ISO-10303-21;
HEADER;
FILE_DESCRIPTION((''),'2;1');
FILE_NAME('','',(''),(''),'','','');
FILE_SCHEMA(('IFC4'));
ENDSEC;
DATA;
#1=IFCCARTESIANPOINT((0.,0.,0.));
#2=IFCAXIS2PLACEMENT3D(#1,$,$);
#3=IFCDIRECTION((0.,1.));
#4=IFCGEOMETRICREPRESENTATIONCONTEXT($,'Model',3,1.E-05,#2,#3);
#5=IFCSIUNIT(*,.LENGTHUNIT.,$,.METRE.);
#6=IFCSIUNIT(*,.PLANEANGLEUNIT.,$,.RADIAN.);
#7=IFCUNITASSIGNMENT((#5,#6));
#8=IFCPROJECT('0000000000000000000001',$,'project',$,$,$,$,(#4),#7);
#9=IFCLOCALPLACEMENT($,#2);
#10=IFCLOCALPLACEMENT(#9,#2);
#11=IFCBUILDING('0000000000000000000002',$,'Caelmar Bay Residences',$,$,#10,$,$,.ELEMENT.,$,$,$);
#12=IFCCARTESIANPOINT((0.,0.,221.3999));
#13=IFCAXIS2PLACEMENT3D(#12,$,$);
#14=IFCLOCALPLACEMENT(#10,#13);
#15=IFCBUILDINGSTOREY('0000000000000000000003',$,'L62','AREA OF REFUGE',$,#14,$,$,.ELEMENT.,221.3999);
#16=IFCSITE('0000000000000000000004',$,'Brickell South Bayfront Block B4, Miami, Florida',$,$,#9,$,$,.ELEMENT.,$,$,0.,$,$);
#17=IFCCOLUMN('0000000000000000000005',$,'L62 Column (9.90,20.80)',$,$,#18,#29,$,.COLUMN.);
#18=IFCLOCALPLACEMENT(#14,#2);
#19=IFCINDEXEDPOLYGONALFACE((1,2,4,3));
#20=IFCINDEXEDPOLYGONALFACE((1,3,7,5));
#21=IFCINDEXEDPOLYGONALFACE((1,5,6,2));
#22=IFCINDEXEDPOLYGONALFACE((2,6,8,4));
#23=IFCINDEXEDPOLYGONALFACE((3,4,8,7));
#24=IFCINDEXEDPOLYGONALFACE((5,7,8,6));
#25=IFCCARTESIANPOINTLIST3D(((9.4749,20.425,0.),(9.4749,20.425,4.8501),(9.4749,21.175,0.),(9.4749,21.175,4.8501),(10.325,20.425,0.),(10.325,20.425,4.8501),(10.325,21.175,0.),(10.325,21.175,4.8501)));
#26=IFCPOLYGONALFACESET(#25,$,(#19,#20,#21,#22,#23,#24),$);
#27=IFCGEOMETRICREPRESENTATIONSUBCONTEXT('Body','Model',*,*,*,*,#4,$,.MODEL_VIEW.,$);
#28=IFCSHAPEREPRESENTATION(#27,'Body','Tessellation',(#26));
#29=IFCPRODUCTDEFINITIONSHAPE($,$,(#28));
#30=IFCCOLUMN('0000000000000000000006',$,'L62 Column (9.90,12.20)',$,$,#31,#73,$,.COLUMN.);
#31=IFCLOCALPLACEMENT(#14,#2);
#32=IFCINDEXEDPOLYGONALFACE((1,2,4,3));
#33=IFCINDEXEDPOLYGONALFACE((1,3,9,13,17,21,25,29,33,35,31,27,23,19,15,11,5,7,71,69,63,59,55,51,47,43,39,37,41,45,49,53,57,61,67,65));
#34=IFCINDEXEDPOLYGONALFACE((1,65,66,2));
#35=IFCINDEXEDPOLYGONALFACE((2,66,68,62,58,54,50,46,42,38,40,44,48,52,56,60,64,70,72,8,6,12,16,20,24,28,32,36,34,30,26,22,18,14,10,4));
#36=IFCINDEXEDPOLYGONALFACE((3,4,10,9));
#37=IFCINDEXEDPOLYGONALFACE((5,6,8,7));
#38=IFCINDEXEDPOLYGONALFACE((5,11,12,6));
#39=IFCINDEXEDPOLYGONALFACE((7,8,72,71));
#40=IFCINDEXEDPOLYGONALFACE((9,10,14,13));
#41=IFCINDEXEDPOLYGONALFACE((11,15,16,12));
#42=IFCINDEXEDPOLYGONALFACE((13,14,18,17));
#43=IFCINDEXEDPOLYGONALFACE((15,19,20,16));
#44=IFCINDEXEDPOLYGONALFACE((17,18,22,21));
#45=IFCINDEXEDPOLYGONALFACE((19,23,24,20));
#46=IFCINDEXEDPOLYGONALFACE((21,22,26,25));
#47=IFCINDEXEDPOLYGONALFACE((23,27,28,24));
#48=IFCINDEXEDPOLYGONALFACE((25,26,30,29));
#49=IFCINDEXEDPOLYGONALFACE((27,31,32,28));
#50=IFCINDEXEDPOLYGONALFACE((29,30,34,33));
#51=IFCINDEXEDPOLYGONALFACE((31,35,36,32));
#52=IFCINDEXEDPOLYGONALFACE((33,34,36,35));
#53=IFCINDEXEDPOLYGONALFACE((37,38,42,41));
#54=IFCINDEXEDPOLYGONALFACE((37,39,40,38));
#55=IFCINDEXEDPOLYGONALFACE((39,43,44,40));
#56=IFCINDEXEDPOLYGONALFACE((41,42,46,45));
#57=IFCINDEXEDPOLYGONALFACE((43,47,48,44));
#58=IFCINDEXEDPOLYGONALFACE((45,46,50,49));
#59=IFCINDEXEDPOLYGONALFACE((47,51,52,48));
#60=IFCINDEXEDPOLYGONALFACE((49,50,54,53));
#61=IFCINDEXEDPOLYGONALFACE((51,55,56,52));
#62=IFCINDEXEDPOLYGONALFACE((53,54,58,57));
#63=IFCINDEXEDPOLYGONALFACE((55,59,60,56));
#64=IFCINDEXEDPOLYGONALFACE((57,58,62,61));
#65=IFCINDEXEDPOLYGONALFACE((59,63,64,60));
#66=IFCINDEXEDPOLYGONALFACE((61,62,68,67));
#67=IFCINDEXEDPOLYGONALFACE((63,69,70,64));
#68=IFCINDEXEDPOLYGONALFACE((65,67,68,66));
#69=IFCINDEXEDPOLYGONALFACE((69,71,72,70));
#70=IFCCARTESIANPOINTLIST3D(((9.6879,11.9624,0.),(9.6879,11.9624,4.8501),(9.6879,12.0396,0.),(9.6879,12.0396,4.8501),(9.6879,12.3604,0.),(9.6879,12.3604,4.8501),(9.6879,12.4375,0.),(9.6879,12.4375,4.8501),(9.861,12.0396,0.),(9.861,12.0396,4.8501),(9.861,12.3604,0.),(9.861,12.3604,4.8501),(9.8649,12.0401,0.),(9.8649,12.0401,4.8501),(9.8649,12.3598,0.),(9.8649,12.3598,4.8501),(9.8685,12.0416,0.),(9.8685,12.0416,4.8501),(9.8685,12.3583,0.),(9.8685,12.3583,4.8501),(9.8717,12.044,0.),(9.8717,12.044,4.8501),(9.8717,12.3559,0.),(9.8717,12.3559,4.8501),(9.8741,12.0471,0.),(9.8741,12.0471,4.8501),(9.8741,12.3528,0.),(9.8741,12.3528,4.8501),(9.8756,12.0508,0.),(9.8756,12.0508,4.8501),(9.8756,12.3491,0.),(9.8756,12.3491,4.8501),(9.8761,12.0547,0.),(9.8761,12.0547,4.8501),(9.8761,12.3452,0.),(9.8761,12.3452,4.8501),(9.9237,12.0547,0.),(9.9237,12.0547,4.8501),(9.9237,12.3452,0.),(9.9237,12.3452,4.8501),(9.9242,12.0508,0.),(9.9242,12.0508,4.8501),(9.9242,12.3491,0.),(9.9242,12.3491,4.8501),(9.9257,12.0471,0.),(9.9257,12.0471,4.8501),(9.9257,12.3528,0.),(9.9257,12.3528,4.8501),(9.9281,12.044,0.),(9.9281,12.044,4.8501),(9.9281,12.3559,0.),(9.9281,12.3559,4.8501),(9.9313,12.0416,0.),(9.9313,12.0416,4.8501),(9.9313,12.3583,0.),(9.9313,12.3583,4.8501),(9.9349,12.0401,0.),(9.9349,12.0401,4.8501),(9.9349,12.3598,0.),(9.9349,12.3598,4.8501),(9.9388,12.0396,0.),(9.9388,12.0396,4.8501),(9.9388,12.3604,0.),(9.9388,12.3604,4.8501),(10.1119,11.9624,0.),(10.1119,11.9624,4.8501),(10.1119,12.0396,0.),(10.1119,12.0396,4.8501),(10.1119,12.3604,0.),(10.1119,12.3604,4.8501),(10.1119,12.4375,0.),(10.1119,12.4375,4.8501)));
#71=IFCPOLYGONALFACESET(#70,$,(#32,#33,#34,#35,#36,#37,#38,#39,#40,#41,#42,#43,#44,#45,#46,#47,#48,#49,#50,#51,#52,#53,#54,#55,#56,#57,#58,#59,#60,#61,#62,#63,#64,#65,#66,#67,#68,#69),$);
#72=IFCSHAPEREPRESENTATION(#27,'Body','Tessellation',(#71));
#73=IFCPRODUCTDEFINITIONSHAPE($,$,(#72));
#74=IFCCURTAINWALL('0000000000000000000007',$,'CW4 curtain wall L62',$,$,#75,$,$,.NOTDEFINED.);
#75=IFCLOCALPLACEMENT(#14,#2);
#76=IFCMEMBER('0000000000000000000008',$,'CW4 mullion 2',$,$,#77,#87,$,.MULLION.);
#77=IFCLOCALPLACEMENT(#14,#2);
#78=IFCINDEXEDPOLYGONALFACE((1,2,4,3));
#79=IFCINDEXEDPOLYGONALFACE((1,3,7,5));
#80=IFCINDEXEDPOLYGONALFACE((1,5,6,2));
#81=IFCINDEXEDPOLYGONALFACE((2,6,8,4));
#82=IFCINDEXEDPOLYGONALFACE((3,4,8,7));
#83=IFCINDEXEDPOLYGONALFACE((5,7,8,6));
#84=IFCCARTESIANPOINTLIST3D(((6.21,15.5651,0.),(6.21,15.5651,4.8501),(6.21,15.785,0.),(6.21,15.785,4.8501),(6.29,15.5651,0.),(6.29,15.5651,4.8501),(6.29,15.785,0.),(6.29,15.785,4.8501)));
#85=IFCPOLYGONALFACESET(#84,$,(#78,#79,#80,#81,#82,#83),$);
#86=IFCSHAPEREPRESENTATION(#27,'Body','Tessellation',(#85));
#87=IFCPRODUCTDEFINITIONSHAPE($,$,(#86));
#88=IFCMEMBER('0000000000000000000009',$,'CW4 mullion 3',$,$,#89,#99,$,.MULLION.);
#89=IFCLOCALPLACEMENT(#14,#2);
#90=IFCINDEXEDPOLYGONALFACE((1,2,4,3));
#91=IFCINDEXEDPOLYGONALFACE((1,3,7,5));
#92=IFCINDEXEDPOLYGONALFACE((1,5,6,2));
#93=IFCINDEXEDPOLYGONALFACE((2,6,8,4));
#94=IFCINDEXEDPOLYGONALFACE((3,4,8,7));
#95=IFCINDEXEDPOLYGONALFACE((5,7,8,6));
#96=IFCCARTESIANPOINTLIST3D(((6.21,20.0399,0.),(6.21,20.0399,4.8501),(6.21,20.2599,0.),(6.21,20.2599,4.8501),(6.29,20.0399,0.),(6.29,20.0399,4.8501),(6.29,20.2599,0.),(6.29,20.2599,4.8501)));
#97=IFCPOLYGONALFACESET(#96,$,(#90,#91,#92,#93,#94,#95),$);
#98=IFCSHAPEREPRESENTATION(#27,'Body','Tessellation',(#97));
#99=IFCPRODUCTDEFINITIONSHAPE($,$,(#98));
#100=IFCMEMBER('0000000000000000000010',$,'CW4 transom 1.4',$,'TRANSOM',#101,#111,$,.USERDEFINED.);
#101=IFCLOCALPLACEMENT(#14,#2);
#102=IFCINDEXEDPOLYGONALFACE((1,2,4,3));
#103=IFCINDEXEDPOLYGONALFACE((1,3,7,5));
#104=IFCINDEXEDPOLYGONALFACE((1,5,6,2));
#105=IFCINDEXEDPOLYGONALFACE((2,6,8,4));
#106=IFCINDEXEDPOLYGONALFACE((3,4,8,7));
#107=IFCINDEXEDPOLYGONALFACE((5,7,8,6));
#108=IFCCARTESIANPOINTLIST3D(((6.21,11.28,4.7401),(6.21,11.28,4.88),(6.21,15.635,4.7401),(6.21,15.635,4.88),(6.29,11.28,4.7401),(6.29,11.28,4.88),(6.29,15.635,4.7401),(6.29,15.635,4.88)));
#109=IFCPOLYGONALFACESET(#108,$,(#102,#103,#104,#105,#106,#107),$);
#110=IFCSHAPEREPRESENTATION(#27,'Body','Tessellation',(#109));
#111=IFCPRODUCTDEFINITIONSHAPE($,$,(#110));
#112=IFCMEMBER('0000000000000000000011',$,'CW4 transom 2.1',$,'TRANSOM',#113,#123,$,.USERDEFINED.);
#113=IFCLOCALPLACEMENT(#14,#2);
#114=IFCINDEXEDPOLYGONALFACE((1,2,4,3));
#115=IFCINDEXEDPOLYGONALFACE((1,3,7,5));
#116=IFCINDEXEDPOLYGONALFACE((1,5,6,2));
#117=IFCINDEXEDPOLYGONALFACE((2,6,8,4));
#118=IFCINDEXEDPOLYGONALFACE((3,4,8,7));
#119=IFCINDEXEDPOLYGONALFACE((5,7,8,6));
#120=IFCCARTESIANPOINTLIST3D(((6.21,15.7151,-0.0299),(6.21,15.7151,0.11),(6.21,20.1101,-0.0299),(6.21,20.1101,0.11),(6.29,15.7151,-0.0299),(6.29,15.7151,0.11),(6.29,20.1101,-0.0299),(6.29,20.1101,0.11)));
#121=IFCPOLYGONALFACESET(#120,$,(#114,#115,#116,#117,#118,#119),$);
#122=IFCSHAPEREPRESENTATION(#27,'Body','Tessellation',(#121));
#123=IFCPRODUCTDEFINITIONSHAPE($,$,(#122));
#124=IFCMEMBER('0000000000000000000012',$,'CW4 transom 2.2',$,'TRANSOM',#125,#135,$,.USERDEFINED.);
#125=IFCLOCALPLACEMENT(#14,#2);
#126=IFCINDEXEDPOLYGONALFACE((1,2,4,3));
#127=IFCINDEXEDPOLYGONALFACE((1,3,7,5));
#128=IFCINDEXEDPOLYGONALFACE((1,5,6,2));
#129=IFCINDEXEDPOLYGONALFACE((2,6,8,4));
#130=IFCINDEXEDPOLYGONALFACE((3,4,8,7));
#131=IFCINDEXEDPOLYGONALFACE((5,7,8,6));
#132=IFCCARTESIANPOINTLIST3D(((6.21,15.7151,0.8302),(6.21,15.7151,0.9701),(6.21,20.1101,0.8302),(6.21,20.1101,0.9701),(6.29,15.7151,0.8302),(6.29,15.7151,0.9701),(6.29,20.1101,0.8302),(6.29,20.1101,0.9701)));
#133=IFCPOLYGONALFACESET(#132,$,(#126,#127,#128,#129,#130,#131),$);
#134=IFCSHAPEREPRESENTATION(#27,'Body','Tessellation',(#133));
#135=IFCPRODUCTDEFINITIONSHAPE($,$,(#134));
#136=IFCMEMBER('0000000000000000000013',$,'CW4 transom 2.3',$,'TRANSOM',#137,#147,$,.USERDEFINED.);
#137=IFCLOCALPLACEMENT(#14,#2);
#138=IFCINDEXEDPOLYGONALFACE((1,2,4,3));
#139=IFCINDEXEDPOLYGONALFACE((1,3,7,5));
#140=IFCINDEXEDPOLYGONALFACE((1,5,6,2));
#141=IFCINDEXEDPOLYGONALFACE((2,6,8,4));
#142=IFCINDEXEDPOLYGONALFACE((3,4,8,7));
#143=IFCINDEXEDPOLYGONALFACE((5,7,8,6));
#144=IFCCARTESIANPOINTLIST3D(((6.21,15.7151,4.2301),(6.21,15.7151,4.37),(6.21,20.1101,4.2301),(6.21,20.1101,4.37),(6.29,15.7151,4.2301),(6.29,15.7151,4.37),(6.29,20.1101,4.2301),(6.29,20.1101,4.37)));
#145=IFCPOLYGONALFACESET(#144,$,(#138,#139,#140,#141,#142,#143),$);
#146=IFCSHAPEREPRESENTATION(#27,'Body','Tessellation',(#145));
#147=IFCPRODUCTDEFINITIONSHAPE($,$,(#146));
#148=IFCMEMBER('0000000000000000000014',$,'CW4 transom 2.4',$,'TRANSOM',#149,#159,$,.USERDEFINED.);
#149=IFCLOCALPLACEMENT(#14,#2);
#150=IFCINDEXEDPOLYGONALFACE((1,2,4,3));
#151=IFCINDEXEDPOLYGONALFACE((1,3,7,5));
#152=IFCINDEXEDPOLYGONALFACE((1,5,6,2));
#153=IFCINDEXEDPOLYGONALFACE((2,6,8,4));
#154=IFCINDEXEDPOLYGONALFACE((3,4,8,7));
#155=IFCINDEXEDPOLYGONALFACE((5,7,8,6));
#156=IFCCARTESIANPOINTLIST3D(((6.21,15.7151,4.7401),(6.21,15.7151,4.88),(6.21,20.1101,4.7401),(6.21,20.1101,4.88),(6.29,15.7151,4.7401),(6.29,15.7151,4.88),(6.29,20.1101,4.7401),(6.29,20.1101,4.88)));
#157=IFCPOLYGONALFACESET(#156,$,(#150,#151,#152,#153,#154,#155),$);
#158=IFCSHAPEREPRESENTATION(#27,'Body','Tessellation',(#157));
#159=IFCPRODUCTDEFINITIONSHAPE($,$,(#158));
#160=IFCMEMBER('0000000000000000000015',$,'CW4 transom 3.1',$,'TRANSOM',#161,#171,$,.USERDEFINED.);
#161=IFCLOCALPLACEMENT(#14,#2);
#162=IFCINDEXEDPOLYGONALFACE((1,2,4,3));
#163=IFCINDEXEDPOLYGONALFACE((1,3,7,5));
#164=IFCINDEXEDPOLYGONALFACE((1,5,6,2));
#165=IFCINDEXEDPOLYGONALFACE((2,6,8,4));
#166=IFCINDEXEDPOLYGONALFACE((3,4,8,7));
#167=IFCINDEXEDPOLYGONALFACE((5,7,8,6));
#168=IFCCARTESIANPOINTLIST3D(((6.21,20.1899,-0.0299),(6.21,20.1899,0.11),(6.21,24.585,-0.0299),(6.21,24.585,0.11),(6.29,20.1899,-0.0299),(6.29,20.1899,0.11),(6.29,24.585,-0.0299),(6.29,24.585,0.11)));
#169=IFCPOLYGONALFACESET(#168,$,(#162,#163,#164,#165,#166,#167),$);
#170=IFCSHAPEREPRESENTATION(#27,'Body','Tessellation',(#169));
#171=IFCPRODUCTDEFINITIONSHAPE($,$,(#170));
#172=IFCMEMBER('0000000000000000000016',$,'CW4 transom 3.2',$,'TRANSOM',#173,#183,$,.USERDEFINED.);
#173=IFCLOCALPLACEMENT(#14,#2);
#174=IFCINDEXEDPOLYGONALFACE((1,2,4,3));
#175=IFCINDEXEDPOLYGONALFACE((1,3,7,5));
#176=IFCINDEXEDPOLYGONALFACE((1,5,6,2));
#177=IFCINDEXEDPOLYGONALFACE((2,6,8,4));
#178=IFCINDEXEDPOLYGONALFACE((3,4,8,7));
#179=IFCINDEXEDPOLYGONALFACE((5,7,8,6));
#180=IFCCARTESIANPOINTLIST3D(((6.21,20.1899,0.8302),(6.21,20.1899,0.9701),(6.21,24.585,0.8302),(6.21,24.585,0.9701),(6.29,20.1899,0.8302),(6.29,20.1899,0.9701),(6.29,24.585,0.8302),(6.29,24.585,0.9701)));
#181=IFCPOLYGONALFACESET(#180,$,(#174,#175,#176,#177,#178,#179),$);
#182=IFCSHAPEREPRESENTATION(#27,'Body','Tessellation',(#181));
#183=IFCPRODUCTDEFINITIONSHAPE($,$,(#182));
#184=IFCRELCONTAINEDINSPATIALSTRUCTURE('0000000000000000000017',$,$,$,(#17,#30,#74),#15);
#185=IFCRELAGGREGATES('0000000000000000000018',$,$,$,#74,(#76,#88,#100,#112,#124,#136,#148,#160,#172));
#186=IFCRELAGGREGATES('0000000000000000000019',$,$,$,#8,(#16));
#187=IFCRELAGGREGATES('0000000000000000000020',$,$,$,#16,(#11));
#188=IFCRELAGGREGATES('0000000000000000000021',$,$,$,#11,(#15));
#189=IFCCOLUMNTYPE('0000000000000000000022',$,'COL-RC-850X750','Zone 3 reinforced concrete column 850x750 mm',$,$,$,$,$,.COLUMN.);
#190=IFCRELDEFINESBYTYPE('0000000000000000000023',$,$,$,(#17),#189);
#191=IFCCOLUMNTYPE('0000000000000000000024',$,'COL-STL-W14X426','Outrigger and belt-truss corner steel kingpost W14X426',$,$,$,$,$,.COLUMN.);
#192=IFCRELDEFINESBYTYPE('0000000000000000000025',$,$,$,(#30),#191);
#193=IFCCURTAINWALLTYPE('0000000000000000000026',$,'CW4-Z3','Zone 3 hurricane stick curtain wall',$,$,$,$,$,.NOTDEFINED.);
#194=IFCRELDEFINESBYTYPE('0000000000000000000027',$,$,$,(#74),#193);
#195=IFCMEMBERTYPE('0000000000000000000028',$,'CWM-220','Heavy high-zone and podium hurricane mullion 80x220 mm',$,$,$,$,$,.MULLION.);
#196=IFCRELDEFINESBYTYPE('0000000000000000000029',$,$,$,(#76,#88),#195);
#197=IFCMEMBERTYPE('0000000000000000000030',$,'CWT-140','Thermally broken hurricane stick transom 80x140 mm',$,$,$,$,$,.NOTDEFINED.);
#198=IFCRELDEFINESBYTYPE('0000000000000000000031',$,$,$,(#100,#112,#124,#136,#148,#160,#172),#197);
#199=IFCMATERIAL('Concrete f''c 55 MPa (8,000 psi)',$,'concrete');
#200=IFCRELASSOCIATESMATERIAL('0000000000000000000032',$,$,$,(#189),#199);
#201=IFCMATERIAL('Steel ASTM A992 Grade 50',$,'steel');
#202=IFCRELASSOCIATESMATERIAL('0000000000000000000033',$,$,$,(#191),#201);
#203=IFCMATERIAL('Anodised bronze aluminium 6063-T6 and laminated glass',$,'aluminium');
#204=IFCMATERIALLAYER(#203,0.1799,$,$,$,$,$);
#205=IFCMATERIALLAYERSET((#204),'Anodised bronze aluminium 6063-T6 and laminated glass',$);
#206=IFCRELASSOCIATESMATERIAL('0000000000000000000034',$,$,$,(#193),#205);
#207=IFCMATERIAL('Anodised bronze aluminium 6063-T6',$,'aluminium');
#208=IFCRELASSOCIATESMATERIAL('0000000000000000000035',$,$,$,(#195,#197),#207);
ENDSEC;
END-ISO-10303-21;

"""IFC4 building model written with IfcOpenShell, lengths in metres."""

from ifc_helpers import new_model, si_unit, direction, frame, origin, origin_2d, place, context, subcontext, project, spatial, rectangle, i_section, extrude, material, layer, layer_set, material_profile, profile_set, type_object, element, aggregate, save


model = new_model("IFC4")

# Units and contexts
model_context = context("Model", 3, precision=1e-05, world=origin(), true_north=direction((0.0, 1.0)))
body_context = subcontext(model_context, "Body", "Model", "MODEL_VIEW")
ifc_project = project(units=[si_unit("LENGTHUNIT", "METRE"), si_unit("PLANEANGLEUNIT", "RADIAN")], contexts=[model_context])

# Site, building, storey
site_placement = place(None, origin())
site = spatial("IfcSite", under=ifc_project, at=site_placement, Name="Brickell South Bayfront Block B4, Miami, Florida", CompositionType="ELEMENT", RefElevation=0.0)
building_placement = place(site_placement, origin())
building = spatial("IfcBuilding", under=site, at=building_placement, Name="Caelmar Bay Residences", CompositionType="ELEMENT")
storey_placement = place(building_placement, frame((0.0, 0.0, 221.3999)))
storey = spatial("IfcBuildingStorey", under=building, at=storey_placement, Name="L62", Description="AREA OF REFUGE", CompositionType="ELEMENT", Elevation=221.3999)

# Columns
ifc_material_1 = material(Name="Concrete f'c 55 MPa (8,000 psi)", Category="concrete")
ifc_material_profile_1 = material_profile(ifc_material_1, rectangle(XDim=0.8501, YDim=0.75, at=origin_2d()), Name="RC-COL-850X750")
ifc_profile_set_1 = profile_set([ifc_material_profile_1], Name="Concrete f'c 55 MPa (8,000 psi)")
column_type_1 = type_object("IfcColumnType", Name="COL-RC-850X750", Description="Zone 3 reinforced concrete column 850x750 mm", PredefinedType="COLUMN", material=ifc_profile_set_1)
column_1_placement = place(storey_placement, frame((9.8999, 20.8, 0.0), z_axis=(0.0, 0.0, 1.0), x_axis=(1.0, 0.0, 0.0)))
element("IfcColumn", 1, at=column_1_placement, inside=storey, type_object=column_type_1, Name="L62 Column (9.90,20.80)", PredefinedType="COLUMN", context=body_context, shape_type="SweptSolid", body=[
    extrude(rectangle(XDim=0.8501, YDim=0.75, at=origin_2d()), origin(), (0.0, 0.0, 1.0), 4.8501),
])
ifc_material_2 = material(Name="Steel ASTM A992 Grade 50", Category="steel")
ifc_material_profile_2 = material_profile(ifc_material_2, i_section(OverallWidth=0.4241, OverallDepth=0.4751, WebThickness=0.0476, FlangeThickness=0.0771, FilletRadius=0.0151, at=origin_2d()), Name="W14X426")
ifc_profile_set_2 = profile_set([ifc_material_profile_2], Name="Steel ASTM A992 Grade 50")
column_type_2 = type_object("IfcColumnType", Name="COL-STL-W14X426", Description="Outrigger and belt-truss corner steel kingpost W14X426", PredefinedType="COLUMN", material=ifc_profile_set_2)
column_2_placement = place(storey_placement, frame((9.8999, 12.2, 0.0), z_axis=(0.0, 0.0, 1.0), x_axis=(1.0, 0.0, 0.0)))
element("IfcColumn", 2, at=column_2_placement, inside=storey, type_object=column_type_2, Name="L62 Column (9.90,12.20)", PredefinedType="COLUMN", context=body_context, shape_type="SweptSolid", body=[
    extrude(i_section(OverallWidth=0.4241, OverallDepth=0.4751, WebThickness=0.0476, FlangeThickness=0.0771, FilletRadius=0.0151, at=origin_2d()), origin(), (0.0, 0.0, 1.0), 4.8501),
])

# Curtain wall, members
ifc_material_3 = material(Name="Anodised bronze aluminium 6063-T6 and laminated glass", Category="aluminium")
ifc_layer_1 = layer(ifc_material_3, 0.1799)
ifc_layer_set_1 = layer_set([ifc_layer_1], Name="Anodised bronze aluminium 6063-T6 and laminated glass")
curtain_wall_type = type_object("IfcCurtainWallType", Name="CW4-Z3", Description="Zone 3 hurricane stick curtain wall", PredefinedType="NOTDEFINED", material=ifc_layer_set_1)
curtain_wall_placement = place(storey_placement, origin())
curtain_wall = element("IfcCurtainWall", 3, at=curtain_wall_placement, inside=storey, type_object=curtain_wall_type, Name="CW4 curtain wall L62", PredefinedType="NOTDEFINED")
ifc_material_4 = material(Name="Anodised bronze aluminium 6063-T6", Category="aluminium")
ifc_material_profile_3 = material_profile(ifc_material_4, rectangle(XDim=0.0801, YDim=0.22, at=origin_2d()), Name="CWM-80X220")
ifc_profile_set_3 = profile_set([ifc_material_profile_3], Name="Anodised bronze aluminium 6063-T6")
member_type_1 = type_object("IfcMemberType", Name="CWM-220", Description="Heavy high-zone and podium hurricane mullion 80x220 mm", PredefinedType="MULLION", material=ifc_profile_set_3)
member_1_placement = place(storey_placement, frame((6.25, 15.675, 0.0), z_axis=(0.0, 0.0, 1.0), x_axis=(-1.0, 0.0, 0.0)))
member_1 = element("IfcMember", 4, at=member_1_placement, type_object=member_type_1, Name="CW4 mullion 2", PredefinedType="MULLION", context=body_context, shape_type="SweptSolid", body=[
    extrude(rectangle(XDim=0.0801, YDim=0.22, at=origin_2d()), origin(), (0.0, 0.0, 1.0), 4.8501),
])
member_2_placement = place(storey_placement, frame((6.25, 20.1499, 0.0), z_axis=(0.0, 0.0, 1.0), x_axis=(-1.0, 0.0, 0.0)))
member_2 = element("IfcMember", 5, at=member_2_placement, type_object=member_type_1, Name="CW4 mullion 3", PredefinedType="MULLION", context=body_context, shape_type="SweptSolid", body=[
    extrude(rectangle(XDim=0.0801, YDim=0.22, at=origin_2d()), origin(), (0.0, 0.0, 1.0), 4.8501),
])
ifc_material_profile_4 = material_profile(ifc_material_4, rectangle(XDim=0.0801, YDim=0.1399, at=origin_2d()), Name="CWT-80X140")
ifc_profile_set_4 = profile_set([ifc_material_profile_4], Name="Anodised bronze aluminium 6063-T6")
member_type_2 = type_object("IfcMemberType", Name="CWT-140", Description="Thermally broken hurricane stick transom 80x140 mm", PredefinedType="NOTDEFINED", material=ifc_profile_set_4)
member_3_placement = place(storey_placement, frame((6.25, 11.28, 4.8101), z_axis=(0.0, 1.0, 0.0), x_axis=(-1.0, 0.0, 0.0)))
member_3 = element("IfcMember", 6, at=member_3_placement, type_object=member_type_2, Name="CW4 transom 1.4", ObjectType="TRANSOM", PredefinedType="USERDEFINED", context=body_context, shape_type="SweptSolid", body=[
    extrude(rectangle(XDim=0.0801, YDim=0.1399, at=origin_2d()), origin(), (0.0, 0.0, 1.0), 4.355),
])
member_4_placement = place(storey_placement, frame((6.25, 15.7151, 0.04), z_axis=(0.0, 1.0, 0.0), x_axis=(-1.0, 0.0, 0.0)))
member_4 = element("IfcMember", 7, at=member_4_placement, type_object=member_type_2, Name="CW4 transom 2.1", ObjectType="TRANSOM", PredefinedType="USERDEFINED", context=body_context, shape_type="SweptSolid", body=[
    extrude(rectangle(XDim=0.0801, YDim=0.1399, at=origin_2d()), origin(), (0.0, 0.0, 1.0), 4.395),
])
member_5_placement = place(storey_placement, frame((6.25, 15.7151, 0.9001), z_axis=(0.0, 1.0, 0.0), x_axis=(-1.0, 0.0, 0.0)))
member_5 = element("IfcMember", 8, at=member_5_placement, type_object=member_type_2, Name="CW4 transom 2.2", ObjectType="TRANSOM", PredefinedType="USERDEFINED", context=body_context, shape_type="SweptSolid", body=[
    extrude(rectangle(XDim=0.0801, YDim=0.1399, at=origin_2d()), origin(), (0.0, 0.0, 1.0), 4.395),
])
member_6_placement = place(storey_placement, frame((6.25, 15.7151, 4.3), z_axis=(0.0, 1.0, 0.0), x_axis=(-1.0, 0.0, 0.0)))
member_6 = element("IfcMember", 9, at=member_6_placement, type_object=member_type_2, Name="CW4 transom 2.3", ObjectType="TRANSOM", PredefinedType="USERDEFINED", context=body_context, shape_type="SweptSolid", body=[
    extrude(rectangle(XDim=0.0801, YDim=0.1399, at=origin_2d()), origin(), (0.0, 0.0, 1.0), 4.395),
])
member_7_placement = place(storey_placement, frame((6.25, 15.7151, 4.8101), z_axis=(0.0, 1.0, 0.0), x_axis=(-1.0, 0.0, 0.0)))
member_7 = element("IfcMember", 10, at=member_7_placement, type_object=member_type_2, Name="CW4 transom 2.4", ObjectType="TRANSOM", PredefinedType="USERDEFINED", context=body_context, shape_type="SweptSolid", body=[
    extrude(rectangle(XDim=0.0801, YDim=0.1399, at=origin_2d()), origin(), (0.0, 0.0, 1.0), 4.395),
])
member_8_placement = place(storey_placement, frame((6.25, 20.1899, 0.04), z_axis=(0.0, 1.0, 0.0), x_axis=(-1.0, 0.0, 0.0)))
member_8 = element("IfcMember", 11, at=member_8_placement, type_object=member_type_2, Name="CW4 transom 3.1", ObjectType="TRANSOM", PredefinedType="USERDEFINED", context=body_context, shape_type="SweptSolid", body=[
    extrude(rectangle(XDim=0.0801, YDim=0.1399, at=origin_2d()), origin(), (0.0, 0.0, 1.0), 4.395),
])
member_9_placement = place(storey_placement, frame((6.25, 20.1899, 0.9001), z_axis=(0.0, 1.0, 0.0), x_axis=(-1.0, 0.0, 0.0)))
member_9 = element("IfcMember", 12, at=member_9_placement, type_object=member_type_2, Name="CW4 transom 3.2", ObjectType="TRANSOM", PredefinedType="USERDEFINED", context=body_context, shape_type="SweptSolid", body=[
    extrude(rectangle(XDim=0.0801, YDim=0.1399, at=origin_2d()), origin(), (0.0, 0.0, 1.0), 4.395),
])
aggregate(curtain_wall, [member_1, member_2, member_3, member_4, member_5, member_6, member_7, member_8, member_9])

save(model, "model.ifc")
